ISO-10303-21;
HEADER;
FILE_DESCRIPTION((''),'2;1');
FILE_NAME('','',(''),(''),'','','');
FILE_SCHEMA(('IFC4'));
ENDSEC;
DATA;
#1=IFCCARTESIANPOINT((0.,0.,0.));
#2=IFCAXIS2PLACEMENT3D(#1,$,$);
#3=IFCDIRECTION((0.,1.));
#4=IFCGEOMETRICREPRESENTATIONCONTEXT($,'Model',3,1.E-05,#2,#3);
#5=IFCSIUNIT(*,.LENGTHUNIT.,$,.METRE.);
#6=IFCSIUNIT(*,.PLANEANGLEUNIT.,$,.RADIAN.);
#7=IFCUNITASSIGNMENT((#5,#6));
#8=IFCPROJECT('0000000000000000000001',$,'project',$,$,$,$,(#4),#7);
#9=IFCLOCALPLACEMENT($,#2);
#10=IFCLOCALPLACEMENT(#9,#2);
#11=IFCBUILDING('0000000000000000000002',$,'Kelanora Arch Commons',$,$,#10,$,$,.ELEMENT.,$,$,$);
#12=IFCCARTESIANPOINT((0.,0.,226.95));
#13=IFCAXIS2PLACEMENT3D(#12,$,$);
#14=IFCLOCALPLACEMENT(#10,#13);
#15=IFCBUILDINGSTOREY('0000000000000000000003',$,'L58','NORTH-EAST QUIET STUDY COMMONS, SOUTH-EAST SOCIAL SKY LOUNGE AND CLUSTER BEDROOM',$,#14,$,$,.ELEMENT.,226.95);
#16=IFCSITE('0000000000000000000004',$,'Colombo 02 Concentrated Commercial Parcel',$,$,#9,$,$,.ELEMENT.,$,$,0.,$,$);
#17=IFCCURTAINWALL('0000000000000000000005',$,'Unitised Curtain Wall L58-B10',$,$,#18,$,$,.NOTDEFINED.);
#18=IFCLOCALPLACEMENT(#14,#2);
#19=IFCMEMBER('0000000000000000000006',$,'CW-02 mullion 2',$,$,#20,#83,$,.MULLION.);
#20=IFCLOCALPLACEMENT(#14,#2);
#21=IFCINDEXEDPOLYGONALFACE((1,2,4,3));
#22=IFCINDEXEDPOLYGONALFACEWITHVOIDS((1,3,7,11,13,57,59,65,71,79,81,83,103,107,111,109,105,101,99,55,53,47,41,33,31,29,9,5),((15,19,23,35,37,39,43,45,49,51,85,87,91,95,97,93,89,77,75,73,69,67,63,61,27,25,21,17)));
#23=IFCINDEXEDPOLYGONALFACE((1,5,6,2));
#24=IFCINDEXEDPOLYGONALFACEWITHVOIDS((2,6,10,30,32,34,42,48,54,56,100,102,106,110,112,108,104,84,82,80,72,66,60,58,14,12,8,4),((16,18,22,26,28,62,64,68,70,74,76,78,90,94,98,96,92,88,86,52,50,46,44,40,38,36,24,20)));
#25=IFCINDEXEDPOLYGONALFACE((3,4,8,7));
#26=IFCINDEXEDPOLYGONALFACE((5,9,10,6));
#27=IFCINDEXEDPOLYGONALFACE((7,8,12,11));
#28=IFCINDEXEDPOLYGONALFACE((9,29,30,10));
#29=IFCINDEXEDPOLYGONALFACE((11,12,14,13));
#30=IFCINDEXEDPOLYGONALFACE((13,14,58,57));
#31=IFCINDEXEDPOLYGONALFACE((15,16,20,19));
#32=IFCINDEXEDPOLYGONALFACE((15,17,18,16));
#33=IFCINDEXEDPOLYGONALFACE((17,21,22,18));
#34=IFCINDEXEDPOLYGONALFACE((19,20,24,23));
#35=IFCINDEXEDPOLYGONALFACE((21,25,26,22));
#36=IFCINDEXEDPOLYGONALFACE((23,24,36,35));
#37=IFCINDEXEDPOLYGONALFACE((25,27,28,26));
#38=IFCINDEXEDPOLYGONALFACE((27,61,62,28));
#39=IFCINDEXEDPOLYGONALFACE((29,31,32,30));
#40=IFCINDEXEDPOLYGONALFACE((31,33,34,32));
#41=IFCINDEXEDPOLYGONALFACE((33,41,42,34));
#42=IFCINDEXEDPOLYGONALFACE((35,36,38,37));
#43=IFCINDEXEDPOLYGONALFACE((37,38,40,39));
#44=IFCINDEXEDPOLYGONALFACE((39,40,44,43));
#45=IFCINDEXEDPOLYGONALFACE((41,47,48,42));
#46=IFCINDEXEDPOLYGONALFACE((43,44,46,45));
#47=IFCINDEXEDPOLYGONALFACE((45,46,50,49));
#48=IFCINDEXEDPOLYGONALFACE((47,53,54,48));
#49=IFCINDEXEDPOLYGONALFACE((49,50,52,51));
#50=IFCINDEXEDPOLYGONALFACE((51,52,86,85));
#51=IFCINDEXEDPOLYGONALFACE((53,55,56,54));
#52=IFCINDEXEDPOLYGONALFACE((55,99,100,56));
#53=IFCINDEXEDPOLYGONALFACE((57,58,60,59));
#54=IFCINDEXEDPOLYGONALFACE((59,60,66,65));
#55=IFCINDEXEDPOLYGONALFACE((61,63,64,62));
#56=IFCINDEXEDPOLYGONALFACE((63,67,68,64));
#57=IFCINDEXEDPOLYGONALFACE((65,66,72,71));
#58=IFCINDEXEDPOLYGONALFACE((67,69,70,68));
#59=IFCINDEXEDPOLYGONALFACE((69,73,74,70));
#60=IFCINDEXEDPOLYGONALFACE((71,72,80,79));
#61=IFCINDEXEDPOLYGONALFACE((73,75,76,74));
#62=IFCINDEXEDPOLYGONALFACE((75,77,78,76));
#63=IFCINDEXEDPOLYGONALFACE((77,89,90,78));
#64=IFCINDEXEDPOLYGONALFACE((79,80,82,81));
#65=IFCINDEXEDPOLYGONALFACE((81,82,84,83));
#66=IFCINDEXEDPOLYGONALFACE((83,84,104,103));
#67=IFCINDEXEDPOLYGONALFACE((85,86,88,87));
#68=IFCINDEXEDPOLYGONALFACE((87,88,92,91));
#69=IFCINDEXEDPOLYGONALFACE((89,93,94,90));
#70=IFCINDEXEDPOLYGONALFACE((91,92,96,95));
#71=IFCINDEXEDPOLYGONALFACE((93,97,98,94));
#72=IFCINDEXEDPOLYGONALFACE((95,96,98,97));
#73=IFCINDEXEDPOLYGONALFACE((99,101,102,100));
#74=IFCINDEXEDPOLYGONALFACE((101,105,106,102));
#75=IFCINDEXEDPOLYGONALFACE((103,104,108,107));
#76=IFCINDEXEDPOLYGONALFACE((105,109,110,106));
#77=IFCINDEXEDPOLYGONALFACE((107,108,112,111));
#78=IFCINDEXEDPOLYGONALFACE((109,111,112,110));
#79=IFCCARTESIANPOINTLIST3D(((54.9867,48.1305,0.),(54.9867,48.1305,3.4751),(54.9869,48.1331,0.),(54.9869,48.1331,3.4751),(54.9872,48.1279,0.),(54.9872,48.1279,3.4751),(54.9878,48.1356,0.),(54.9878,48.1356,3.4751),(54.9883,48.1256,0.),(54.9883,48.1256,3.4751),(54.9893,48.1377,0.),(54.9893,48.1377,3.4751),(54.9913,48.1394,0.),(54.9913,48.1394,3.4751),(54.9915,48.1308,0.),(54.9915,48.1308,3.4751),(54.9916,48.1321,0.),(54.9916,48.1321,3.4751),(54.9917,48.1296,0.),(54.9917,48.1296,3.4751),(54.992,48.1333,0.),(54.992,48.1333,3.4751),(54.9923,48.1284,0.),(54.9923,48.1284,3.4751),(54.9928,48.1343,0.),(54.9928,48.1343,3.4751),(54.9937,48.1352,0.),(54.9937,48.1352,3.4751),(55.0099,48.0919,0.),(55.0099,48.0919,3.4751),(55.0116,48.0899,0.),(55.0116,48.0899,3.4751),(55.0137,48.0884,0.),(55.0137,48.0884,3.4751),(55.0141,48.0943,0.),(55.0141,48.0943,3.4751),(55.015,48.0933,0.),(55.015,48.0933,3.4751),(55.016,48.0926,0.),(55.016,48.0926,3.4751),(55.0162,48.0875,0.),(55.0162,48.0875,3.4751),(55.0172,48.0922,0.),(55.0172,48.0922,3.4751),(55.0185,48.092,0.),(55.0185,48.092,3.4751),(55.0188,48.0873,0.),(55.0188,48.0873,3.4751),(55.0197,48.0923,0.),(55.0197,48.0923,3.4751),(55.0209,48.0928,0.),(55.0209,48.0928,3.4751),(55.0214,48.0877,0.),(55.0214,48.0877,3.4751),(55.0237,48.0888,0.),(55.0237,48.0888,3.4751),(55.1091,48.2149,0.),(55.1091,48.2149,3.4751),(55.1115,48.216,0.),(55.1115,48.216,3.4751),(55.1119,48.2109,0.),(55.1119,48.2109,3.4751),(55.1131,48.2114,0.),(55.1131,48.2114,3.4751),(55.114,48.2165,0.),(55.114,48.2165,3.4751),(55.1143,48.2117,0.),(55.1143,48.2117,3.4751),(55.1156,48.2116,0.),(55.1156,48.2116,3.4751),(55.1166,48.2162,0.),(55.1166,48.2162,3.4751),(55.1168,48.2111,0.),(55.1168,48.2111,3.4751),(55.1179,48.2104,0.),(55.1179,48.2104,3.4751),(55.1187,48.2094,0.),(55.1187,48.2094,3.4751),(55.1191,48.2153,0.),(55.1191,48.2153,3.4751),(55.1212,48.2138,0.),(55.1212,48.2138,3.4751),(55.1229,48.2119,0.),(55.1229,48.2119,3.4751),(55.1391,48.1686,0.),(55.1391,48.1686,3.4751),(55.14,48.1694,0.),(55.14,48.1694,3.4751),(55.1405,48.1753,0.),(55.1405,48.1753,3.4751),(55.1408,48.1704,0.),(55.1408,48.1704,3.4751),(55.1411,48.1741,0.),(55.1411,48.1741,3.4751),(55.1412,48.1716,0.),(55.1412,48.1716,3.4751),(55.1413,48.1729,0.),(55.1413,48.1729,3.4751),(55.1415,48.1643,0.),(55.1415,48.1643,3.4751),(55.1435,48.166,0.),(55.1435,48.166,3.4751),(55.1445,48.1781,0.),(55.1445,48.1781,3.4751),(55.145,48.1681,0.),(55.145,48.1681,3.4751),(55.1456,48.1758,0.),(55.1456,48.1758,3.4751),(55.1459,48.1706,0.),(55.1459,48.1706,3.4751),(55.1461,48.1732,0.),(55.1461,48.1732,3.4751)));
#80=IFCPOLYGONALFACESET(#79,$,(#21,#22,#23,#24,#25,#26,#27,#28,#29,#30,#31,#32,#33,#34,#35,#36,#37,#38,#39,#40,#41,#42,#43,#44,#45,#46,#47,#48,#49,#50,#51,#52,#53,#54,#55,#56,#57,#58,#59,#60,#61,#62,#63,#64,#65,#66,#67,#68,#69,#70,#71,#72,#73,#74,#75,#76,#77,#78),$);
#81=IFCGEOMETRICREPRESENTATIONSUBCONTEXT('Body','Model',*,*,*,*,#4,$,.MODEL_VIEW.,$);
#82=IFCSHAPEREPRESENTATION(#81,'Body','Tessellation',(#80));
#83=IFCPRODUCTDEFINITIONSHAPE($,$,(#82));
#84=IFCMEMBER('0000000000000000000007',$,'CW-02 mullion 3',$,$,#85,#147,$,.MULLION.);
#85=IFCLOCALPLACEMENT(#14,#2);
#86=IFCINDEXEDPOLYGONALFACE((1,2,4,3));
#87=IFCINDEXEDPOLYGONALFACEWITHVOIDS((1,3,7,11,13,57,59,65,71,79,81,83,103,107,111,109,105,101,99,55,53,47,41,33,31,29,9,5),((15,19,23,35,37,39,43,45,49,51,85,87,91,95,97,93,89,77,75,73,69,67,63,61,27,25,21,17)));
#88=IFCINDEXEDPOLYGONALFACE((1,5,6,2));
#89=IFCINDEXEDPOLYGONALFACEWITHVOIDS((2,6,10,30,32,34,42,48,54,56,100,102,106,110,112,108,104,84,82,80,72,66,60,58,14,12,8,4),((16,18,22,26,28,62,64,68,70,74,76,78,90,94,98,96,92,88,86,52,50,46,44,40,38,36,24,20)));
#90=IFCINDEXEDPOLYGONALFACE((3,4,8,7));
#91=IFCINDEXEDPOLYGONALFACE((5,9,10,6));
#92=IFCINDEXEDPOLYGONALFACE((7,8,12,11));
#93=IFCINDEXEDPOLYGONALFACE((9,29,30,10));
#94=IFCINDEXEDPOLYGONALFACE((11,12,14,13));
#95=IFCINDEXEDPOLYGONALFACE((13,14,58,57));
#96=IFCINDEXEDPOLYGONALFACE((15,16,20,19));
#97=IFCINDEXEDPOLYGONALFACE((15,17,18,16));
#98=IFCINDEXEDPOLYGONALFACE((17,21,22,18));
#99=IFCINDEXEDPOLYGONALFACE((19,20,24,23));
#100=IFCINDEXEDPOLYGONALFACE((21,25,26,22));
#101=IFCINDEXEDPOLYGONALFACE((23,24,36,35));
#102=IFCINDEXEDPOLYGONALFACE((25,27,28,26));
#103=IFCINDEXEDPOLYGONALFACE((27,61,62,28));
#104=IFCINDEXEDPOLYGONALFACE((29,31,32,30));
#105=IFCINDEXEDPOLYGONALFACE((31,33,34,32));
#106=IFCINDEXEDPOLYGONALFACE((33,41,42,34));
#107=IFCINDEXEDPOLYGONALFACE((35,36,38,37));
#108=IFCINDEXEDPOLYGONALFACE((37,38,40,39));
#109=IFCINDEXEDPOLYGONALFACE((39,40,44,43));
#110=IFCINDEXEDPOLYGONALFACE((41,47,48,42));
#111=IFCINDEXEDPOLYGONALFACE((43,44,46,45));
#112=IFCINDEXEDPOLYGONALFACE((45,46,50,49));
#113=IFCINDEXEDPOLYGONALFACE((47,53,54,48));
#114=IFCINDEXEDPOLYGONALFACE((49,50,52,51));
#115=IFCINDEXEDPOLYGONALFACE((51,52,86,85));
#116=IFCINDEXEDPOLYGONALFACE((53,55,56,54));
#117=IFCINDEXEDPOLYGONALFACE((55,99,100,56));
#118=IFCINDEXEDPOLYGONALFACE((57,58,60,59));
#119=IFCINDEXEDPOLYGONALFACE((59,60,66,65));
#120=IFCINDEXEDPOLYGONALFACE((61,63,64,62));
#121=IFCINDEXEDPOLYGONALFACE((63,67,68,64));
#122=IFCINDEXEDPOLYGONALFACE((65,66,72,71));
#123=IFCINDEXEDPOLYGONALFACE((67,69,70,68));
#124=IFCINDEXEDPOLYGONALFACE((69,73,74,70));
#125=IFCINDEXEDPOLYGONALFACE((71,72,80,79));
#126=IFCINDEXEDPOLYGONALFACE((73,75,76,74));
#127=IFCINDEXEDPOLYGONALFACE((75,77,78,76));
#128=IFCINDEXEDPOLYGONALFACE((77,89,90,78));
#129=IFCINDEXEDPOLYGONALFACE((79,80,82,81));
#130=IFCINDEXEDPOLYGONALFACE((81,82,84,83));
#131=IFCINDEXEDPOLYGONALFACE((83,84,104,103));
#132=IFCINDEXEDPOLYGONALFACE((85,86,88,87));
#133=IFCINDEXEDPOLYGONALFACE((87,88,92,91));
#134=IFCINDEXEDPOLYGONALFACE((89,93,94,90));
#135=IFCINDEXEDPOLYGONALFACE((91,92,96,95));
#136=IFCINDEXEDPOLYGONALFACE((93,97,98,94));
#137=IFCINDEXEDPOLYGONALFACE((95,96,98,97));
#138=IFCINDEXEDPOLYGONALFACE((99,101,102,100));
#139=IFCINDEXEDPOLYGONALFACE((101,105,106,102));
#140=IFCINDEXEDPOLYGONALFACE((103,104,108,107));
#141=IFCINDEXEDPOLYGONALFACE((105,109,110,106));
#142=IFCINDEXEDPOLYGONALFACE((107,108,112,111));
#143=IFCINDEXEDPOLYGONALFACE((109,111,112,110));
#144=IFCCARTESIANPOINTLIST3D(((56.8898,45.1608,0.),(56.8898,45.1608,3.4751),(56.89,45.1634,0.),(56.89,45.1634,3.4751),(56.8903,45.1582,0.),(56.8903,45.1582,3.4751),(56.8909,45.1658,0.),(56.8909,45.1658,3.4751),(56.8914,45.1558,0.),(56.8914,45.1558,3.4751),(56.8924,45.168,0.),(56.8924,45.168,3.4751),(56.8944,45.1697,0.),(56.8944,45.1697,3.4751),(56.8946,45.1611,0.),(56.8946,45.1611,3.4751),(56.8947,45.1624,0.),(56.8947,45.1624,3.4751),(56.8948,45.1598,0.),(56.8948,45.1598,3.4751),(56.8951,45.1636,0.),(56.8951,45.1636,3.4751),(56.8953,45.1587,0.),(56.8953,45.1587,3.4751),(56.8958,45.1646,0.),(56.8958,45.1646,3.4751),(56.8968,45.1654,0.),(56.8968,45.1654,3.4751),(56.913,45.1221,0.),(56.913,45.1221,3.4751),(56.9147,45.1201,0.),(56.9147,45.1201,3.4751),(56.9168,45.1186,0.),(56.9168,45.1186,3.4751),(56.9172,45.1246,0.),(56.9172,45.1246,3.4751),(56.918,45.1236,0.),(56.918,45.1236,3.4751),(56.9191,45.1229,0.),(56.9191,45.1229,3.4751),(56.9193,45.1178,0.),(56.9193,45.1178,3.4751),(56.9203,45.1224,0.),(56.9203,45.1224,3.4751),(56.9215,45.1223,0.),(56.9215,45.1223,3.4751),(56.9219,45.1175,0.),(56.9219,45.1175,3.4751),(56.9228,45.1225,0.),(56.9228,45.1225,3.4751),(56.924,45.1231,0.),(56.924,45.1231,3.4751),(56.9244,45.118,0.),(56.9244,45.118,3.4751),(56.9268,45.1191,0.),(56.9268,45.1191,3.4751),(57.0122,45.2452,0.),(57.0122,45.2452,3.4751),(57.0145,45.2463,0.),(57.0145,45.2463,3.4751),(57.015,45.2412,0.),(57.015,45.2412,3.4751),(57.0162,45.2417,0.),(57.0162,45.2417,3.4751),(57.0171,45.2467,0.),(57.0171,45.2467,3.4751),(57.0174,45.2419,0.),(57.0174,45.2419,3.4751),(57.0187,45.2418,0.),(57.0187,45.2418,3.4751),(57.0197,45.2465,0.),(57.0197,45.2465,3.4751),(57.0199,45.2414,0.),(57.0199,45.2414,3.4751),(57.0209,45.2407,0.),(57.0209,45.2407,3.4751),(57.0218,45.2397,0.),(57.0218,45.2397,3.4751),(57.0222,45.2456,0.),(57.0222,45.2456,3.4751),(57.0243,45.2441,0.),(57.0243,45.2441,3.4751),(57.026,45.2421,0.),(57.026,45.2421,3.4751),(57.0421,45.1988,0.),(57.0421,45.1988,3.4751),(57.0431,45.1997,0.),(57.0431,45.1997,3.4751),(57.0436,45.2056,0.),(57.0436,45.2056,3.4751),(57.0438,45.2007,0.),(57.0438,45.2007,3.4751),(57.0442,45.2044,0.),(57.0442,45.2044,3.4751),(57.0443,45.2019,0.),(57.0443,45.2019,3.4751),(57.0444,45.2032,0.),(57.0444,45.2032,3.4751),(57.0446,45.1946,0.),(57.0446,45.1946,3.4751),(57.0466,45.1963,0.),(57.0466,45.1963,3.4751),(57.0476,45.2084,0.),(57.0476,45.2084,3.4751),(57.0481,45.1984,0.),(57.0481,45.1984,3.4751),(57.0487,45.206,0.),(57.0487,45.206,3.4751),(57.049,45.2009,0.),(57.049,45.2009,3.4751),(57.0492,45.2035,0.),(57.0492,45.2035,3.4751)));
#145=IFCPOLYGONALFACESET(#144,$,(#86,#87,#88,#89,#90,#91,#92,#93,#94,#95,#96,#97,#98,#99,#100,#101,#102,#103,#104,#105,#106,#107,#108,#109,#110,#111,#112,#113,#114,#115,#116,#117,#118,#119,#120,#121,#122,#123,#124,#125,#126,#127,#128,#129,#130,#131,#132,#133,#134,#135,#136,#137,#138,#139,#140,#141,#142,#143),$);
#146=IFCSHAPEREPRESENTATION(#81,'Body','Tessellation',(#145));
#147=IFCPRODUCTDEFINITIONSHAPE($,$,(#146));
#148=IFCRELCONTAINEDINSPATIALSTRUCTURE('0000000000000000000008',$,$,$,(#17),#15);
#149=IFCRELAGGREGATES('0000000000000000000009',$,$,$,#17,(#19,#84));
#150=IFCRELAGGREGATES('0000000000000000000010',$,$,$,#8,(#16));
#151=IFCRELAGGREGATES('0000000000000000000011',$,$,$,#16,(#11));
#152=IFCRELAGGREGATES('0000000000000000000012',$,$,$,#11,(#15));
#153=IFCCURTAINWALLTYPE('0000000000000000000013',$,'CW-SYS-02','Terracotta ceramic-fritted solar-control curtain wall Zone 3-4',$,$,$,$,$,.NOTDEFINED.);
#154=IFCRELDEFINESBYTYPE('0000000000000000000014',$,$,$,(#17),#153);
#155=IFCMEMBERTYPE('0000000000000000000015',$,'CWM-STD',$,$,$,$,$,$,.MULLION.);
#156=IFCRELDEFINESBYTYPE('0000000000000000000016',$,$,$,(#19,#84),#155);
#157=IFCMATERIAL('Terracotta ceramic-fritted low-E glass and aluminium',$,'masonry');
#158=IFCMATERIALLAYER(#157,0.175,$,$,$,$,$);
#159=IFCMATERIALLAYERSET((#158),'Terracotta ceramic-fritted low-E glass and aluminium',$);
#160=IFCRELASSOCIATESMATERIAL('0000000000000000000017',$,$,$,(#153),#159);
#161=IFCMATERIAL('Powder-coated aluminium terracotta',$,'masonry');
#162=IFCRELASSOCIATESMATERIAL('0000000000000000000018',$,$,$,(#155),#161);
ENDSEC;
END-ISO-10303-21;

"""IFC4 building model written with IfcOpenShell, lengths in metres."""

from ifc_helpers import new_model, si_unit, direction, frame, origin, origin_2d, place, context, subcontext, project, spatial, hollow_rectangle, extrude, material, layer, layer_set, material_profile, profile_set, type_object, element, aggregate, save


model = new_model("IFC4")

# Units and contexts
model_context = context("Model", 3, precision=1e-05, world=origin(), true_north=direction((0.0, 1.0)))
body_context = subcontext(model_context, "Body", "Model", "MODEL_VIEW")
ifc_project = project(units=[si_unit("LENGTHUNIT", "METRE"), si_unit("PLANEANGLEUNIT", "RADIAN")], contexts=[model_context])

# Site, building, storey
site_placement = place(None, origin())
site = spatial("IfcSite", under=ifc_project, at=site_placement, Name="Colombo 02 Concentrated Commercial Parcel", CompositionType="ELEMENT", RefElevation=0.0)
building_placement = place(site_placement, origin())
building = spatial("IfcBuilding", under=site, at=building_placement, Name="Kelanora Arch Commons", CompositionType="ELEMENT")
storey_placement = place(building_placement, frame((0.0, 0.0, 226.95)))
storey = spatial("IfcBuildingStorey", under=building, at=storey_placement, Name="L58", Description="NORTH-EAST QUIET STUDY COMMONS, SOUTH-EAST SOCIAL SKY LOUNGE AND CLUSTER BEDROOM", CompositionType="ELEMENT", Elevation=226.95)

# Curtain wall, members
ifc_material_1 = material(Name="Terracotta ceramic-fritted low-E glass and aluminium", Category="masonry")
ifc_layer_1 = layer(ifc_material_1, 0.175)
ifc_layer_set_1 = layer_set([ifc_layer_1], Name="Terracotta ceramic-fritted low-E glass and aluminium")
curtain_wall_type = type_object("IfcCurtainWallType", Name="CW-SYS-02", Description="Terracotta ceramic-fritted solar-control curtain wall Zone 3-4", PredefinedType="NOTDEFINED", material=ifc_layer_set_1)
curtain_wall_placement = place(storey_placement, origin())
curtain_wall = element("IfcCurtainWall", 1, at=curtain_wall_placement, inside=storey, type_object=curtain_wall_type, Name="Unitised Curtain Wall L58-B10", PredefinedType="NOTDEFINED")
ifc_material_2 = material(Name="Powder-coated aluminium terracotta", Category="masonry")
ifc_material_profile_1 = material_profile(ifc_material_2, hollow_rectangle(XDim=0.1599, YDim=0.0601, WallThickness=0.0049, InnerFilletRadius=0.0049, OuterFilletRadius=0.01, at=origin_2d()), Name="CWM160x60")
ifc_profile_set_1 = profile_set([ifc_material_profile_1], Name="Powder-coated aluminium terracotta")
member_type_1 = type_object("IfcMemberType", Name="CWM-STD", PredefinedType="MULLION", material=ifc_profile_set_1)
member_1_placement = place(storey_placement, frame((55.0664, 48.1519, 0.0), z_axis=(0.0, 0.0, 1.0), x_axis=(0.841948, 0.539559, 0.0)))
member_1 = element("IfcMember", 2, at=member_1_placement, type_object=member_type_1, Name="CW-02 mullion 2", PredefinedType="MULLION", context=body_context, shape_type="SweptSolid", body=[
    extrude(hollow_rectangle(XDim=0.1599, YDim=0.0601, WallThickness=0.0049, InnerFilletRadius=0.0049, OuterFilletRadius=0.01, at=origin_2d()), origin(), (0.0, 0.0, 1.0), 3.4751),
])
member_2_placement = place(storey_placement, frame((56.9695, 45.1821, 0.0), z_axis=(0.0, 0.0, 1.0), x_axis=(0.841948, 0.539559, 0.0)))
member_2 = element("IfcMember", 3, at=member_2_placement, type_object=member_type_1, Name="CW-02 mullion 3", PredefinedType="MULLION", context=body_context, shape_type="SweptSolid", body=[
    extrude(hollow_rectangle(XDim=0.1599, YDim=0.0601, WallThickness=0.0049, InnerFilletRadius=0.0049, OuterFilletRadius=0.01, at=origin_2d()), origin(), (0.0, 0.0, 1.0), 3.4751),
])

aggregate(curtain_wall, [member_1, member_2])

save(model, "model.ifc")
